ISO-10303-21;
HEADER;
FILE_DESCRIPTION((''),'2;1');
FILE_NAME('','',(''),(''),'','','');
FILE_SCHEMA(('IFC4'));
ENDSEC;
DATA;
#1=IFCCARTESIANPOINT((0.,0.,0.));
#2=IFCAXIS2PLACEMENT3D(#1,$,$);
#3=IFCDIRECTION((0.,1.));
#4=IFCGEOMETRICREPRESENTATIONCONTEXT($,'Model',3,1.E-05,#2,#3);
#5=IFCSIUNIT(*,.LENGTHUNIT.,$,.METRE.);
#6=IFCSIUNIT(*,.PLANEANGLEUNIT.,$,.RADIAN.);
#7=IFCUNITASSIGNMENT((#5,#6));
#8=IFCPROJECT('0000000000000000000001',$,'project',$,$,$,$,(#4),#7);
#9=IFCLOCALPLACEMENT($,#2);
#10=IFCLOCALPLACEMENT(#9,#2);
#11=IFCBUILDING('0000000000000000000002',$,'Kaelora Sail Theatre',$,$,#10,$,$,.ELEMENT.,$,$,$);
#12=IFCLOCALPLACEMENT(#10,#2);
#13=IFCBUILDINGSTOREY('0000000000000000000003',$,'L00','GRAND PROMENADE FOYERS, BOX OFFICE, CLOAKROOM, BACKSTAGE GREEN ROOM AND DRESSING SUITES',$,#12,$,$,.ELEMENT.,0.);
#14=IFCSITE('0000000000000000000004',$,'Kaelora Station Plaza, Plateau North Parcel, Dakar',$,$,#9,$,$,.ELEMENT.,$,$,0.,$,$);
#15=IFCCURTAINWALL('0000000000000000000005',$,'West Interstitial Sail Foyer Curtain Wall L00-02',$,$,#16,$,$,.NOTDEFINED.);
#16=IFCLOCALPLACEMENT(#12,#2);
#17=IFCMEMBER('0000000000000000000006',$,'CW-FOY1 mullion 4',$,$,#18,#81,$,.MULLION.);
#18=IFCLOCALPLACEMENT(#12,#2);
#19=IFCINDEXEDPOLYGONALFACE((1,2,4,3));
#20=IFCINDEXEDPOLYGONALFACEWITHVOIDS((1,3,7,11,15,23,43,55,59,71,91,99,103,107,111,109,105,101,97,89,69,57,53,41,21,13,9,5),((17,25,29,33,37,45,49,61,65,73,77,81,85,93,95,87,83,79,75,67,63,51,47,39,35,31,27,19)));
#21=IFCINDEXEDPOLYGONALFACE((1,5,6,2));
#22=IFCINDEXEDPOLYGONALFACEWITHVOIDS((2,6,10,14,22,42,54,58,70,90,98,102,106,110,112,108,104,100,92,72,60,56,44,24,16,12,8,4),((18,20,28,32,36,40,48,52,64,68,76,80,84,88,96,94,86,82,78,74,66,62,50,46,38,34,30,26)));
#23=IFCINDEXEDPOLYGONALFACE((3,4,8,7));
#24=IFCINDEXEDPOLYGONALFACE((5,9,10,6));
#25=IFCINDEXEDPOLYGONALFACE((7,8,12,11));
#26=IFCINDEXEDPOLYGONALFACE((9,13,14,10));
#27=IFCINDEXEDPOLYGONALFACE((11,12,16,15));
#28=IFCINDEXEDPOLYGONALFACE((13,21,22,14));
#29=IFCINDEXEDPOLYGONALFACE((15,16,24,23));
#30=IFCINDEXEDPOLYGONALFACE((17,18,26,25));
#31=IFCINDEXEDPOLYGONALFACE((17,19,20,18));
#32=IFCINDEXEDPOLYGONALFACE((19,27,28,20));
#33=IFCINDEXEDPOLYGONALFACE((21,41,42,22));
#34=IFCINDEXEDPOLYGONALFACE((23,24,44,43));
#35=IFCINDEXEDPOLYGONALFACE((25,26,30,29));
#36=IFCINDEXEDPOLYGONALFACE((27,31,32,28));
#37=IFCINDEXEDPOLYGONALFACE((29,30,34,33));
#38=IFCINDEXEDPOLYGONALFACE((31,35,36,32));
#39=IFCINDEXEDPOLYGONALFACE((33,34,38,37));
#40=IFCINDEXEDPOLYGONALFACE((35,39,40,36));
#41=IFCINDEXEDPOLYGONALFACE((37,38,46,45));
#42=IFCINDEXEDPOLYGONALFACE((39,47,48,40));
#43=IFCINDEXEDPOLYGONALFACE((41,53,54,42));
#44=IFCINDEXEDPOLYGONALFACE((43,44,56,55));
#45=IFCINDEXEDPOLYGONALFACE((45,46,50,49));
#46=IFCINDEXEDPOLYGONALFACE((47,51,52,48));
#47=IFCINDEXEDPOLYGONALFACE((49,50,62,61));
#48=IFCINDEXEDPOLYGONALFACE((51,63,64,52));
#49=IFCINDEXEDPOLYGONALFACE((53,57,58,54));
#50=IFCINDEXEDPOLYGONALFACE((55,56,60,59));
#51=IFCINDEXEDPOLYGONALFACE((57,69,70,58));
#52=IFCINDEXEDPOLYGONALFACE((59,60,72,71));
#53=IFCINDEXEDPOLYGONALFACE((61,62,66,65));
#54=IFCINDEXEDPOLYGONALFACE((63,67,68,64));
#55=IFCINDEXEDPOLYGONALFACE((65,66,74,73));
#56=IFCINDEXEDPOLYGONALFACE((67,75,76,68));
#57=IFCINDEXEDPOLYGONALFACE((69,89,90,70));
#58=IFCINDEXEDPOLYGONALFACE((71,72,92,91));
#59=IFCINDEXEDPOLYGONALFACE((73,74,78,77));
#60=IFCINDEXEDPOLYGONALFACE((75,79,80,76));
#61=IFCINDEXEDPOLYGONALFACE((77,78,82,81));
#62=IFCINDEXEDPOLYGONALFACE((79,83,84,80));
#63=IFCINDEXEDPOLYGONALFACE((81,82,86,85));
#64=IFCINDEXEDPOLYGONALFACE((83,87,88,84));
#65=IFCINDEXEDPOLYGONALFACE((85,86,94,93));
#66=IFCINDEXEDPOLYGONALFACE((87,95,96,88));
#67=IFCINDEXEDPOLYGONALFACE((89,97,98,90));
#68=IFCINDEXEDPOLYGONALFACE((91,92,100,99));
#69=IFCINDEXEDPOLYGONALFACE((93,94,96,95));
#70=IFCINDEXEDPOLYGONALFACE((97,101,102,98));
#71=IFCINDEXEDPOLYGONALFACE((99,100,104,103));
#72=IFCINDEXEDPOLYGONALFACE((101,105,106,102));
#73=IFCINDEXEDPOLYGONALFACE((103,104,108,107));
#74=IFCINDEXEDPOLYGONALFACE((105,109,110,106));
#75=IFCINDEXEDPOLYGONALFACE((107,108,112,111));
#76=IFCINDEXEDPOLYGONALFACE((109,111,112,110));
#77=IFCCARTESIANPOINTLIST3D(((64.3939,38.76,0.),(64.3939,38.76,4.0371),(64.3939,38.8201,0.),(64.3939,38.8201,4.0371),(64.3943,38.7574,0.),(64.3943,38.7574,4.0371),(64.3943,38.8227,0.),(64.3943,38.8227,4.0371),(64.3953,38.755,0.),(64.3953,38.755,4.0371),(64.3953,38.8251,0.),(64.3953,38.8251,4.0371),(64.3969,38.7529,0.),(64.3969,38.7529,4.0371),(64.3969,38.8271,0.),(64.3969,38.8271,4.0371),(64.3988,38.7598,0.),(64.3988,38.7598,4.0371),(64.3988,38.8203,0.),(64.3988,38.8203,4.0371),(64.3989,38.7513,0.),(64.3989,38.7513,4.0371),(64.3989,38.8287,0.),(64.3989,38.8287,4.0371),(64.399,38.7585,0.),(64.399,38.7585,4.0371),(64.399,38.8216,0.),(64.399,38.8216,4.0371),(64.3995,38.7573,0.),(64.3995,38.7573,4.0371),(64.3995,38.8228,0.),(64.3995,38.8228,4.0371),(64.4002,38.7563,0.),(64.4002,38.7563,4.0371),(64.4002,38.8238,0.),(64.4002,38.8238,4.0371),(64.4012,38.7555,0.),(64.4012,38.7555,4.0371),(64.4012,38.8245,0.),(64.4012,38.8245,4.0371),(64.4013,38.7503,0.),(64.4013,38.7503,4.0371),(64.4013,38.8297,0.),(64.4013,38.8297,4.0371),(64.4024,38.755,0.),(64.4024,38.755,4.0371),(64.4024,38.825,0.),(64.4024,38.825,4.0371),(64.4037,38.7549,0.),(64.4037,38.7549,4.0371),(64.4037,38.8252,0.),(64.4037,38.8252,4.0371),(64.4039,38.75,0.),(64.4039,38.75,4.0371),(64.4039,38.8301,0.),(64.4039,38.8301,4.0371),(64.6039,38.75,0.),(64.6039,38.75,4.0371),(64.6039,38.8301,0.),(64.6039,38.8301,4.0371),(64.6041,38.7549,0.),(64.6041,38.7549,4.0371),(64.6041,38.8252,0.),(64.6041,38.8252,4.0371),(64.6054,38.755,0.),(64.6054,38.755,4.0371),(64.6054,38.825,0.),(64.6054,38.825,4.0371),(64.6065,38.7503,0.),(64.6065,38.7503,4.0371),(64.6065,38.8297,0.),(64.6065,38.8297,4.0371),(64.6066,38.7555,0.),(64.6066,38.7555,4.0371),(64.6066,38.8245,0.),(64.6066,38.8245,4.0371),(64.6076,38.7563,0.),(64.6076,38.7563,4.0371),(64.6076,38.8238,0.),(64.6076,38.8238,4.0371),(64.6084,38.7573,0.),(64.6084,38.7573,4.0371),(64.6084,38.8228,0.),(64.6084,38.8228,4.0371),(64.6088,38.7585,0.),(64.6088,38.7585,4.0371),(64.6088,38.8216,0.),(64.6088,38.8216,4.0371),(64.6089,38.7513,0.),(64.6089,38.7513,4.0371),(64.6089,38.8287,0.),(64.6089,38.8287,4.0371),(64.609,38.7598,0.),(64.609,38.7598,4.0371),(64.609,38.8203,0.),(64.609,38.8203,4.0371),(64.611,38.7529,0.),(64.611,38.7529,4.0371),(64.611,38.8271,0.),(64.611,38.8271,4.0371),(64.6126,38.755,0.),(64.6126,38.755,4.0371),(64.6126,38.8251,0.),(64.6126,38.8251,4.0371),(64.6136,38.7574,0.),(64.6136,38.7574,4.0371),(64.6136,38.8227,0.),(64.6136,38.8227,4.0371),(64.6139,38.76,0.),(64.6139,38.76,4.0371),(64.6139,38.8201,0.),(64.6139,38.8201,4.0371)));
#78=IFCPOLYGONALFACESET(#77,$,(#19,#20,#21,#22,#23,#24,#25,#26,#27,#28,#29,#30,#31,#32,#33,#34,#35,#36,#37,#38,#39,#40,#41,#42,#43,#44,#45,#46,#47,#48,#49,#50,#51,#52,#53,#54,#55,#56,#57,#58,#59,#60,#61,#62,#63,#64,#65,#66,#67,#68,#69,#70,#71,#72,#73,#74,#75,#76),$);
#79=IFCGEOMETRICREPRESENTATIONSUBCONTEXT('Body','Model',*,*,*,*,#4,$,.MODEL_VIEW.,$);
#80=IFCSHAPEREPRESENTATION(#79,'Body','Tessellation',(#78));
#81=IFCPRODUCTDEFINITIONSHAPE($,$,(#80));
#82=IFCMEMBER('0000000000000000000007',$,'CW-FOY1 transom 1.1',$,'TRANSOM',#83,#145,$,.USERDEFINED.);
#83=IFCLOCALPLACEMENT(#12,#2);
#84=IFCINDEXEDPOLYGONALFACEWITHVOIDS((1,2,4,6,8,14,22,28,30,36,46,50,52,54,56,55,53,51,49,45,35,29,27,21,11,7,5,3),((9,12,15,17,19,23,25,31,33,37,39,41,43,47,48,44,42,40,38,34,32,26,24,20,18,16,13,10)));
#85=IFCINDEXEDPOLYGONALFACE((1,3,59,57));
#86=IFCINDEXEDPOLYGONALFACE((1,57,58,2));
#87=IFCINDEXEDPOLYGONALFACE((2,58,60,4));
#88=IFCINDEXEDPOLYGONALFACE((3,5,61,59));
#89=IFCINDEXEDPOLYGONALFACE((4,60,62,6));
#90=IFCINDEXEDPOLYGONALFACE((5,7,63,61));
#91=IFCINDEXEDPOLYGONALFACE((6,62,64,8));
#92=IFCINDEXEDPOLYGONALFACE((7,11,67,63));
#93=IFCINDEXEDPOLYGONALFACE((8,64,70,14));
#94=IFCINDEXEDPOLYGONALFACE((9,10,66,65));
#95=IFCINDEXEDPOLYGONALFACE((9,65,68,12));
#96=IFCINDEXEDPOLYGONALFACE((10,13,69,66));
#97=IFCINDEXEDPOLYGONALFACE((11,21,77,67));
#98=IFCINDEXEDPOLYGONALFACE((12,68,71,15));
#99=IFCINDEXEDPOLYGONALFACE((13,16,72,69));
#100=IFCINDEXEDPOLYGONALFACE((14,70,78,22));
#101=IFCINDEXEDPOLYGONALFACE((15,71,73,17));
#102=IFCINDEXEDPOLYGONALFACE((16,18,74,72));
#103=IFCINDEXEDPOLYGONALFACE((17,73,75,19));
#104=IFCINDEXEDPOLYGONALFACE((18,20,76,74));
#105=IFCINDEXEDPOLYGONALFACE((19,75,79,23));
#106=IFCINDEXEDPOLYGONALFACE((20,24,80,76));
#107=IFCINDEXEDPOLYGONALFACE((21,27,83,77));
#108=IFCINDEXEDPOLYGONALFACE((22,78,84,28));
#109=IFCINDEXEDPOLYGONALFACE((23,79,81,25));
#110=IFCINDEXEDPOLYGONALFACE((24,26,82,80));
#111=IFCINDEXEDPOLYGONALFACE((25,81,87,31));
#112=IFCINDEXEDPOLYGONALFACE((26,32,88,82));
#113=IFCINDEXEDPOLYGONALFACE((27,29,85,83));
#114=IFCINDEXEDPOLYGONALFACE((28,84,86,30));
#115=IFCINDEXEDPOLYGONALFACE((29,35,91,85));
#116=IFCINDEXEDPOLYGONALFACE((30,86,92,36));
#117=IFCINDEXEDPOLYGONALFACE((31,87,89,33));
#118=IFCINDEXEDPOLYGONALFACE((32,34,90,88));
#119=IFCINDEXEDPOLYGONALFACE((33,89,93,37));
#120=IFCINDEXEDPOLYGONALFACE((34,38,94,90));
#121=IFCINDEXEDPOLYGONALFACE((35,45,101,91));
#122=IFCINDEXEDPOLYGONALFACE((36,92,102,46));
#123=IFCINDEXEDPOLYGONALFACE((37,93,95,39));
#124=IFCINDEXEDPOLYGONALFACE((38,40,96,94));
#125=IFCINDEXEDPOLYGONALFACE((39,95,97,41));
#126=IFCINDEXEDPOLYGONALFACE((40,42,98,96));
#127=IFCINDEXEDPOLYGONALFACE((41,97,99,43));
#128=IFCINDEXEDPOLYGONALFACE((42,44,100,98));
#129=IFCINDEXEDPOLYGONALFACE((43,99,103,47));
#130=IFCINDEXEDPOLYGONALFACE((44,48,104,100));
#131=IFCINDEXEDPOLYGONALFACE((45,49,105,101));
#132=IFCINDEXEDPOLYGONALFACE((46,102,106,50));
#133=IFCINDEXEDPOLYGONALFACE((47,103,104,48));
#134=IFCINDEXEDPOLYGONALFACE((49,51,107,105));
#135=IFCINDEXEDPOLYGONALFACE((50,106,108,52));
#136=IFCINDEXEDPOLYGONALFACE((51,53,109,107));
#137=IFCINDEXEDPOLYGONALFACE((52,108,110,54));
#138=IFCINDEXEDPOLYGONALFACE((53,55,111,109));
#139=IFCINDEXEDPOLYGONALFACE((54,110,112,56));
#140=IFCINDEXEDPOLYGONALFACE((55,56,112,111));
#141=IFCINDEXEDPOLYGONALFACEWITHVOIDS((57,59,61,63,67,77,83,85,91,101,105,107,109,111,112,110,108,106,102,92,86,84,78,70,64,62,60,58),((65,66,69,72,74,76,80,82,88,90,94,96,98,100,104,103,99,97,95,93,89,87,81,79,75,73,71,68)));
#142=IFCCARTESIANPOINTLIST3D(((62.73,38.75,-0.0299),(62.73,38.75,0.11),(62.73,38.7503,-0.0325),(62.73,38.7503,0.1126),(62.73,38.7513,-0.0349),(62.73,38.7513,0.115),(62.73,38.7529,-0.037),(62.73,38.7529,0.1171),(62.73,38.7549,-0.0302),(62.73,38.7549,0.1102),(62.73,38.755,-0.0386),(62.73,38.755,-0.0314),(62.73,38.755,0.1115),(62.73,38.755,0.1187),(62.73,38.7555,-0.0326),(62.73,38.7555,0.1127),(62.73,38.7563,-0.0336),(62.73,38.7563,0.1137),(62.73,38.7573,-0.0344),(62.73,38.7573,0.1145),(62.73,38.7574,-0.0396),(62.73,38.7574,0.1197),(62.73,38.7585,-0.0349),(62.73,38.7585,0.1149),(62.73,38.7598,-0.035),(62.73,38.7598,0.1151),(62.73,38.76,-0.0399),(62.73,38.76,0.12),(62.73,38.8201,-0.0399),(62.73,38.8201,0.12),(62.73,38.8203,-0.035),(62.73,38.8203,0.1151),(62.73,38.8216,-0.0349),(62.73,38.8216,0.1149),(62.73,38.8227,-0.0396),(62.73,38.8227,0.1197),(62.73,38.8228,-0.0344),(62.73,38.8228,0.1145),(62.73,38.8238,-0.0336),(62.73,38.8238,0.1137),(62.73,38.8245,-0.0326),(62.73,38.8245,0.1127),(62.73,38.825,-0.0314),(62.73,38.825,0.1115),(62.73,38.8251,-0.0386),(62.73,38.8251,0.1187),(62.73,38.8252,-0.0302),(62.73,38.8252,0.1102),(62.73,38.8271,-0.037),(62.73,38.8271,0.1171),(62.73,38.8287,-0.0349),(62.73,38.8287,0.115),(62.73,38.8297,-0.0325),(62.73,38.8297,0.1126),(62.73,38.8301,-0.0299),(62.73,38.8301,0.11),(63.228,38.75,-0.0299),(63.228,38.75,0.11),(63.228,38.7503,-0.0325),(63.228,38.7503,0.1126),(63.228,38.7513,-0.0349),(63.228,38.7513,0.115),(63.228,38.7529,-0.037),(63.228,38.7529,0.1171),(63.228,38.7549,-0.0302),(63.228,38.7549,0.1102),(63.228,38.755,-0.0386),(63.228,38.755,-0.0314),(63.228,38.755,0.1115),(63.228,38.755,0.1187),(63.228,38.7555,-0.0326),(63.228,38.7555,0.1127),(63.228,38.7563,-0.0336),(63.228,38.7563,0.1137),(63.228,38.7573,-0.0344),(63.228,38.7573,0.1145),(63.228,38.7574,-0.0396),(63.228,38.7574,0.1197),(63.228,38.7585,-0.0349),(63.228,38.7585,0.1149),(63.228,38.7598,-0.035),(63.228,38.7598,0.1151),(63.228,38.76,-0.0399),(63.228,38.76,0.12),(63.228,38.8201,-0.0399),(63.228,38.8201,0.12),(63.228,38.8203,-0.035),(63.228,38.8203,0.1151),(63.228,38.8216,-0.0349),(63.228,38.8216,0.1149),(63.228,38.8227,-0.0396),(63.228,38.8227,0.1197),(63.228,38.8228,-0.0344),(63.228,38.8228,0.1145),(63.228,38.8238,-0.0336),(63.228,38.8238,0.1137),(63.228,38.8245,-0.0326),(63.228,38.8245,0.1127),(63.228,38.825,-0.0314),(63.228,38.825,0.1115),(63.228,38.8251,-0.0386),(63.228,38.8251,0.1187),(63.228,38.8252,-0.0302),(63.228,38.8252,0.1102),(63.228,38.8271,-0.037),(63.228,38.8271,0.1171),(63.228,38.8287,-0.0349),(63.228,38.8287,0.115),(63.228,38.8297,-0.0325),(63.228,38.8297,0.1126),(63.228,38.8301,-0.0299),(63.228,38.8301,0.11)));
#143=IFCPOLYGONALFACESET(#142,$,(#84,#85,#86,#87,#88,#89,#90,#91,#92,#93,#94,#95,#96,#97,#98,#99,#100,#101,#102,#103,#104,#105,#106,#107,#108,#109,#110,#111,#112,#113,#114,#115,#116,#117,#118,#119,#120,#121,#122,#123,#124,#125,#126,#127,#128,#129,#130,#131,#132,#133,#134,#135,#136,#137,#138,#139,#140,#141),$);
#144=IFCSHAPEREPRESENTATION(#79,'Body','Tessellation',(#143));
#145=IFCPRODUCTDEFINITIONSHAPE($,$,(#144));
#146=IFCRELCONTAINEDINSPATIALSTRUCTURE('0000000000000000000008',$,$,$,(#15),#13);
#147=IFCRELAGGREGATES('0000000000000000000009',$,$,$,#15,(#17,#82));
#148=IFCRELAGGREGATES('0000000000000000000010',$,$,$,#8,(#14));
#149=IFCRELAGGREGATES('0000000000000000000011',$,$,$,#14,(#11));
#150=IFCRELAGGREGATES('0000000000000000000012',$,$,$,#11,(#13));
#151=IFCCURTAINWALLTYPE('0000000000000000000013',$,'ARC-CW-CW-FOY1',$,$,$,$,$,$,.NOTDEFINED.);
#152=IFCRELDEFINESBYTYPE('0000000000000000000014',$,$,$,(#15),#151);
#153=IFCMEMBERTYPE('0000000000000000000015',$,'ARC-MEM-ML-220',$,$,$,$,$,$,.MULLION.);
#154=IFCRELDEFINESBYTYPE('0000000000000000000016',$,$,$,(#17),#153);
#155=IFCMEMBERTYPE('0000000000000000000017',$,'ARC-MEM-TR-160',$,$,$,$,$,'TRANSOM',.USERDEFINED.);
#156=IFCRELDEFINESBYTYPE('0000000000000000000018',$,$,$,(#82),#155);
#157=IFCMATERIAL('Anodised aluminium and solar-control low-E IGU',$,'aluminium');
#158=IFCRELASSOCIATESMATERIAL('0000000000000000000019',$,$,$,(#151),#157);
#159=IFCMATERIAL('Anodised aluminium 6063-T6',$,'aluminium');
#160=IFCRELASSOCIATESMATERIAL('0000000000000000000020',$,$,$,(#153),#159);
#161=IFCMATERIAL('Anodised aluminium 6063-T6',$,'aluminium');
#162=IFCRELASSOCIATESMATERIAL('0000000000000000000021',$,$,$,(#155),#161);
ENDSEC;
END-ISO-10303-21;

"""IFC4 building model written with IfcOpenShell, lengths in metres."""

from ifc_helpers import new_model, si_unit, direction, frame, origin, origin_2d, place, context, subcontext, project, spatial, hollow_rectangle, extrude, material, material_profile, profile_set, type_object, element, aggregate, save


model = new_model("IFC4")

# Units and contexts
model_context = context("Model", 3, precision=1e-05, world=origin(), true_north=direction((0.0, 1.0)))
body_context = subcontext(model_context, "Body", "Model", "MODEL_VIEW")
ifc_project = project(units=[si_unit("LENGTHUNIT", "METRE"), si_unit("PLANEANGLEUNIT", "RADIAN")], contexts=[model_context])

# Site, building, storey
site_placement = place(None, origin())
site = spatial("IfcSite", under=ifc_project, at=site_placement, Name="Kaelora Station Plaza, Plateau North Parcel, Dakar", CompositionType="ELEMENT", RefElevation=0.0)
building_placement = place(site_placement, origin())
building = spatial("IfcBuilding", under=site, at=building_placement, Name="Kaelora Sail Theatre", CompositionType="ELEMENT")
storey_placement = place(building_placement, origin())
storey = spatial("IfcBuildingStorey", under=building, at=storey_placement, Name="L00", Description="GRAND PROMENADE FOYERS, BOX OFFICE, CLOAKROOM, BACKSTAGE GREEN ROOM AND DRESSING SUITES", CompositionType="ELEMENT", Elevation=0.0)

# Shared definitions
ifc_material_1 = material(Name="Anodised aluminium and solar-control low-E IGU", Category="aluminium")
curtain_wall_type = type_object("IfcCurtainWallType", Name="ARC-CW-CW-FOY1", PredefinedType="NOTDEFINED", material=ifc_material_1)
ifc_material_2 = material(Name="Anodised aluminium 6063-T6", Category="aluminium")
ifc_material_profile_1 = material_profile(ifc_material_2, hollow_rectangle(XDim=0.0801, YDim=0.22, WallThickness=0.0049, InnerFilletRadius=0.0049, OuterFilletRadius=0.01, at=origin_2d()), Name="ALU-MULL 80x220x5")
ifc_profile_set_1 = profile_set([ifc_material_profile_1], Name="Anodised aluminium 6063-T6")
member_type_1 = type_object("IfcMemberType", Name="ARC-MEM-ML-220", PredefinedType="MULLION", material=ifc_profile_set_1)

# Curtain wall, members
curtain_wall_1_placement = place(storey_placement, origin())
curtain_wall_1 = element("IfcCurtainWall", 1, at=curtain_wall_1_placement, inside=storey, type_object=curtain_wall_type, Name="West Interstitial Sail Foyer Curtain Wall L00-02", PredefinedType="NOTDEFINED")
member_1_placement = place(storey_placement, frame((64.5039, 38.79, 0.0), z_axis=(0.0, 0.0, 1.0), x_axis=(0.0, 1.0, 0.0)))
member_1 = element("IfcMember", 2, at=member_1_placement, type_object=member_type_1, Name="CW-FOY1 mullion 4", PredefinedType="MULLION", context=body_context, shape_type="SweptSolid", body=[
    extrude(hollow_rectangle(XDim=0.0801, YDim=0.22, WallThickness=0.0049, InnerFilletRadius=0.0049, OuterFilletRadius=0.01, at=origin_2d()), origin(), (0.0, 0.0, 1.0), 4.0371),
])
ifc_material_3 = material(Name="Anodised aluminium 6063-T6", Category="aluminium")
ifc_material_profile_2 = material_profile(ifc_material_3, hollow_rectangle(XDim=0.0801, YDim=0.1599, WallThickness=0.0049, InnerFilletRadius=0.0049, OuterFilletRadius=0.01, at=origin_2d()), Name="ALU-TRAN 80x160x5")
ifc_profile_set_2 = profile_set([ifc_material_profile_2], Name="Anodised aluminium 6063-T6")
member_type_2 = type_object("IfcMemberType", Name="ARC-MEM-TR-160", ElementType="TRANSOM", PredefinedType="USERDEFINED", material=ifc_profile_set_2)
member_2_placement = place(storey_placement, frame((62.73, 38.79, 0.04), z_axis=(1.0, 0.0, 0.0), x_axis=(0.0, 1.0, 0.0)))
member_2 = element("IfcMember", 3, at=member_2_placement, type_object=member_type_2, Name="CW-FOY1 transom 1.1", ObjectType="TRANSOM", PredefinedType="USERDEFINED", context=body_context, shape_type="SweptSolid", body=[
    extrude(hollow_rectangle(XDim=0.0801, YDim=0.1599, WallThickness=0.0049, InnerFilletRadius=0.0049, OuterFilletRadius=0.01, at=origin_2d()), origin(), (0.0, 0.0, 1.0), 0.498),
])
aggregate(curtain_wall_1, [member_1, member_2])

save(model, "model.ifc")
